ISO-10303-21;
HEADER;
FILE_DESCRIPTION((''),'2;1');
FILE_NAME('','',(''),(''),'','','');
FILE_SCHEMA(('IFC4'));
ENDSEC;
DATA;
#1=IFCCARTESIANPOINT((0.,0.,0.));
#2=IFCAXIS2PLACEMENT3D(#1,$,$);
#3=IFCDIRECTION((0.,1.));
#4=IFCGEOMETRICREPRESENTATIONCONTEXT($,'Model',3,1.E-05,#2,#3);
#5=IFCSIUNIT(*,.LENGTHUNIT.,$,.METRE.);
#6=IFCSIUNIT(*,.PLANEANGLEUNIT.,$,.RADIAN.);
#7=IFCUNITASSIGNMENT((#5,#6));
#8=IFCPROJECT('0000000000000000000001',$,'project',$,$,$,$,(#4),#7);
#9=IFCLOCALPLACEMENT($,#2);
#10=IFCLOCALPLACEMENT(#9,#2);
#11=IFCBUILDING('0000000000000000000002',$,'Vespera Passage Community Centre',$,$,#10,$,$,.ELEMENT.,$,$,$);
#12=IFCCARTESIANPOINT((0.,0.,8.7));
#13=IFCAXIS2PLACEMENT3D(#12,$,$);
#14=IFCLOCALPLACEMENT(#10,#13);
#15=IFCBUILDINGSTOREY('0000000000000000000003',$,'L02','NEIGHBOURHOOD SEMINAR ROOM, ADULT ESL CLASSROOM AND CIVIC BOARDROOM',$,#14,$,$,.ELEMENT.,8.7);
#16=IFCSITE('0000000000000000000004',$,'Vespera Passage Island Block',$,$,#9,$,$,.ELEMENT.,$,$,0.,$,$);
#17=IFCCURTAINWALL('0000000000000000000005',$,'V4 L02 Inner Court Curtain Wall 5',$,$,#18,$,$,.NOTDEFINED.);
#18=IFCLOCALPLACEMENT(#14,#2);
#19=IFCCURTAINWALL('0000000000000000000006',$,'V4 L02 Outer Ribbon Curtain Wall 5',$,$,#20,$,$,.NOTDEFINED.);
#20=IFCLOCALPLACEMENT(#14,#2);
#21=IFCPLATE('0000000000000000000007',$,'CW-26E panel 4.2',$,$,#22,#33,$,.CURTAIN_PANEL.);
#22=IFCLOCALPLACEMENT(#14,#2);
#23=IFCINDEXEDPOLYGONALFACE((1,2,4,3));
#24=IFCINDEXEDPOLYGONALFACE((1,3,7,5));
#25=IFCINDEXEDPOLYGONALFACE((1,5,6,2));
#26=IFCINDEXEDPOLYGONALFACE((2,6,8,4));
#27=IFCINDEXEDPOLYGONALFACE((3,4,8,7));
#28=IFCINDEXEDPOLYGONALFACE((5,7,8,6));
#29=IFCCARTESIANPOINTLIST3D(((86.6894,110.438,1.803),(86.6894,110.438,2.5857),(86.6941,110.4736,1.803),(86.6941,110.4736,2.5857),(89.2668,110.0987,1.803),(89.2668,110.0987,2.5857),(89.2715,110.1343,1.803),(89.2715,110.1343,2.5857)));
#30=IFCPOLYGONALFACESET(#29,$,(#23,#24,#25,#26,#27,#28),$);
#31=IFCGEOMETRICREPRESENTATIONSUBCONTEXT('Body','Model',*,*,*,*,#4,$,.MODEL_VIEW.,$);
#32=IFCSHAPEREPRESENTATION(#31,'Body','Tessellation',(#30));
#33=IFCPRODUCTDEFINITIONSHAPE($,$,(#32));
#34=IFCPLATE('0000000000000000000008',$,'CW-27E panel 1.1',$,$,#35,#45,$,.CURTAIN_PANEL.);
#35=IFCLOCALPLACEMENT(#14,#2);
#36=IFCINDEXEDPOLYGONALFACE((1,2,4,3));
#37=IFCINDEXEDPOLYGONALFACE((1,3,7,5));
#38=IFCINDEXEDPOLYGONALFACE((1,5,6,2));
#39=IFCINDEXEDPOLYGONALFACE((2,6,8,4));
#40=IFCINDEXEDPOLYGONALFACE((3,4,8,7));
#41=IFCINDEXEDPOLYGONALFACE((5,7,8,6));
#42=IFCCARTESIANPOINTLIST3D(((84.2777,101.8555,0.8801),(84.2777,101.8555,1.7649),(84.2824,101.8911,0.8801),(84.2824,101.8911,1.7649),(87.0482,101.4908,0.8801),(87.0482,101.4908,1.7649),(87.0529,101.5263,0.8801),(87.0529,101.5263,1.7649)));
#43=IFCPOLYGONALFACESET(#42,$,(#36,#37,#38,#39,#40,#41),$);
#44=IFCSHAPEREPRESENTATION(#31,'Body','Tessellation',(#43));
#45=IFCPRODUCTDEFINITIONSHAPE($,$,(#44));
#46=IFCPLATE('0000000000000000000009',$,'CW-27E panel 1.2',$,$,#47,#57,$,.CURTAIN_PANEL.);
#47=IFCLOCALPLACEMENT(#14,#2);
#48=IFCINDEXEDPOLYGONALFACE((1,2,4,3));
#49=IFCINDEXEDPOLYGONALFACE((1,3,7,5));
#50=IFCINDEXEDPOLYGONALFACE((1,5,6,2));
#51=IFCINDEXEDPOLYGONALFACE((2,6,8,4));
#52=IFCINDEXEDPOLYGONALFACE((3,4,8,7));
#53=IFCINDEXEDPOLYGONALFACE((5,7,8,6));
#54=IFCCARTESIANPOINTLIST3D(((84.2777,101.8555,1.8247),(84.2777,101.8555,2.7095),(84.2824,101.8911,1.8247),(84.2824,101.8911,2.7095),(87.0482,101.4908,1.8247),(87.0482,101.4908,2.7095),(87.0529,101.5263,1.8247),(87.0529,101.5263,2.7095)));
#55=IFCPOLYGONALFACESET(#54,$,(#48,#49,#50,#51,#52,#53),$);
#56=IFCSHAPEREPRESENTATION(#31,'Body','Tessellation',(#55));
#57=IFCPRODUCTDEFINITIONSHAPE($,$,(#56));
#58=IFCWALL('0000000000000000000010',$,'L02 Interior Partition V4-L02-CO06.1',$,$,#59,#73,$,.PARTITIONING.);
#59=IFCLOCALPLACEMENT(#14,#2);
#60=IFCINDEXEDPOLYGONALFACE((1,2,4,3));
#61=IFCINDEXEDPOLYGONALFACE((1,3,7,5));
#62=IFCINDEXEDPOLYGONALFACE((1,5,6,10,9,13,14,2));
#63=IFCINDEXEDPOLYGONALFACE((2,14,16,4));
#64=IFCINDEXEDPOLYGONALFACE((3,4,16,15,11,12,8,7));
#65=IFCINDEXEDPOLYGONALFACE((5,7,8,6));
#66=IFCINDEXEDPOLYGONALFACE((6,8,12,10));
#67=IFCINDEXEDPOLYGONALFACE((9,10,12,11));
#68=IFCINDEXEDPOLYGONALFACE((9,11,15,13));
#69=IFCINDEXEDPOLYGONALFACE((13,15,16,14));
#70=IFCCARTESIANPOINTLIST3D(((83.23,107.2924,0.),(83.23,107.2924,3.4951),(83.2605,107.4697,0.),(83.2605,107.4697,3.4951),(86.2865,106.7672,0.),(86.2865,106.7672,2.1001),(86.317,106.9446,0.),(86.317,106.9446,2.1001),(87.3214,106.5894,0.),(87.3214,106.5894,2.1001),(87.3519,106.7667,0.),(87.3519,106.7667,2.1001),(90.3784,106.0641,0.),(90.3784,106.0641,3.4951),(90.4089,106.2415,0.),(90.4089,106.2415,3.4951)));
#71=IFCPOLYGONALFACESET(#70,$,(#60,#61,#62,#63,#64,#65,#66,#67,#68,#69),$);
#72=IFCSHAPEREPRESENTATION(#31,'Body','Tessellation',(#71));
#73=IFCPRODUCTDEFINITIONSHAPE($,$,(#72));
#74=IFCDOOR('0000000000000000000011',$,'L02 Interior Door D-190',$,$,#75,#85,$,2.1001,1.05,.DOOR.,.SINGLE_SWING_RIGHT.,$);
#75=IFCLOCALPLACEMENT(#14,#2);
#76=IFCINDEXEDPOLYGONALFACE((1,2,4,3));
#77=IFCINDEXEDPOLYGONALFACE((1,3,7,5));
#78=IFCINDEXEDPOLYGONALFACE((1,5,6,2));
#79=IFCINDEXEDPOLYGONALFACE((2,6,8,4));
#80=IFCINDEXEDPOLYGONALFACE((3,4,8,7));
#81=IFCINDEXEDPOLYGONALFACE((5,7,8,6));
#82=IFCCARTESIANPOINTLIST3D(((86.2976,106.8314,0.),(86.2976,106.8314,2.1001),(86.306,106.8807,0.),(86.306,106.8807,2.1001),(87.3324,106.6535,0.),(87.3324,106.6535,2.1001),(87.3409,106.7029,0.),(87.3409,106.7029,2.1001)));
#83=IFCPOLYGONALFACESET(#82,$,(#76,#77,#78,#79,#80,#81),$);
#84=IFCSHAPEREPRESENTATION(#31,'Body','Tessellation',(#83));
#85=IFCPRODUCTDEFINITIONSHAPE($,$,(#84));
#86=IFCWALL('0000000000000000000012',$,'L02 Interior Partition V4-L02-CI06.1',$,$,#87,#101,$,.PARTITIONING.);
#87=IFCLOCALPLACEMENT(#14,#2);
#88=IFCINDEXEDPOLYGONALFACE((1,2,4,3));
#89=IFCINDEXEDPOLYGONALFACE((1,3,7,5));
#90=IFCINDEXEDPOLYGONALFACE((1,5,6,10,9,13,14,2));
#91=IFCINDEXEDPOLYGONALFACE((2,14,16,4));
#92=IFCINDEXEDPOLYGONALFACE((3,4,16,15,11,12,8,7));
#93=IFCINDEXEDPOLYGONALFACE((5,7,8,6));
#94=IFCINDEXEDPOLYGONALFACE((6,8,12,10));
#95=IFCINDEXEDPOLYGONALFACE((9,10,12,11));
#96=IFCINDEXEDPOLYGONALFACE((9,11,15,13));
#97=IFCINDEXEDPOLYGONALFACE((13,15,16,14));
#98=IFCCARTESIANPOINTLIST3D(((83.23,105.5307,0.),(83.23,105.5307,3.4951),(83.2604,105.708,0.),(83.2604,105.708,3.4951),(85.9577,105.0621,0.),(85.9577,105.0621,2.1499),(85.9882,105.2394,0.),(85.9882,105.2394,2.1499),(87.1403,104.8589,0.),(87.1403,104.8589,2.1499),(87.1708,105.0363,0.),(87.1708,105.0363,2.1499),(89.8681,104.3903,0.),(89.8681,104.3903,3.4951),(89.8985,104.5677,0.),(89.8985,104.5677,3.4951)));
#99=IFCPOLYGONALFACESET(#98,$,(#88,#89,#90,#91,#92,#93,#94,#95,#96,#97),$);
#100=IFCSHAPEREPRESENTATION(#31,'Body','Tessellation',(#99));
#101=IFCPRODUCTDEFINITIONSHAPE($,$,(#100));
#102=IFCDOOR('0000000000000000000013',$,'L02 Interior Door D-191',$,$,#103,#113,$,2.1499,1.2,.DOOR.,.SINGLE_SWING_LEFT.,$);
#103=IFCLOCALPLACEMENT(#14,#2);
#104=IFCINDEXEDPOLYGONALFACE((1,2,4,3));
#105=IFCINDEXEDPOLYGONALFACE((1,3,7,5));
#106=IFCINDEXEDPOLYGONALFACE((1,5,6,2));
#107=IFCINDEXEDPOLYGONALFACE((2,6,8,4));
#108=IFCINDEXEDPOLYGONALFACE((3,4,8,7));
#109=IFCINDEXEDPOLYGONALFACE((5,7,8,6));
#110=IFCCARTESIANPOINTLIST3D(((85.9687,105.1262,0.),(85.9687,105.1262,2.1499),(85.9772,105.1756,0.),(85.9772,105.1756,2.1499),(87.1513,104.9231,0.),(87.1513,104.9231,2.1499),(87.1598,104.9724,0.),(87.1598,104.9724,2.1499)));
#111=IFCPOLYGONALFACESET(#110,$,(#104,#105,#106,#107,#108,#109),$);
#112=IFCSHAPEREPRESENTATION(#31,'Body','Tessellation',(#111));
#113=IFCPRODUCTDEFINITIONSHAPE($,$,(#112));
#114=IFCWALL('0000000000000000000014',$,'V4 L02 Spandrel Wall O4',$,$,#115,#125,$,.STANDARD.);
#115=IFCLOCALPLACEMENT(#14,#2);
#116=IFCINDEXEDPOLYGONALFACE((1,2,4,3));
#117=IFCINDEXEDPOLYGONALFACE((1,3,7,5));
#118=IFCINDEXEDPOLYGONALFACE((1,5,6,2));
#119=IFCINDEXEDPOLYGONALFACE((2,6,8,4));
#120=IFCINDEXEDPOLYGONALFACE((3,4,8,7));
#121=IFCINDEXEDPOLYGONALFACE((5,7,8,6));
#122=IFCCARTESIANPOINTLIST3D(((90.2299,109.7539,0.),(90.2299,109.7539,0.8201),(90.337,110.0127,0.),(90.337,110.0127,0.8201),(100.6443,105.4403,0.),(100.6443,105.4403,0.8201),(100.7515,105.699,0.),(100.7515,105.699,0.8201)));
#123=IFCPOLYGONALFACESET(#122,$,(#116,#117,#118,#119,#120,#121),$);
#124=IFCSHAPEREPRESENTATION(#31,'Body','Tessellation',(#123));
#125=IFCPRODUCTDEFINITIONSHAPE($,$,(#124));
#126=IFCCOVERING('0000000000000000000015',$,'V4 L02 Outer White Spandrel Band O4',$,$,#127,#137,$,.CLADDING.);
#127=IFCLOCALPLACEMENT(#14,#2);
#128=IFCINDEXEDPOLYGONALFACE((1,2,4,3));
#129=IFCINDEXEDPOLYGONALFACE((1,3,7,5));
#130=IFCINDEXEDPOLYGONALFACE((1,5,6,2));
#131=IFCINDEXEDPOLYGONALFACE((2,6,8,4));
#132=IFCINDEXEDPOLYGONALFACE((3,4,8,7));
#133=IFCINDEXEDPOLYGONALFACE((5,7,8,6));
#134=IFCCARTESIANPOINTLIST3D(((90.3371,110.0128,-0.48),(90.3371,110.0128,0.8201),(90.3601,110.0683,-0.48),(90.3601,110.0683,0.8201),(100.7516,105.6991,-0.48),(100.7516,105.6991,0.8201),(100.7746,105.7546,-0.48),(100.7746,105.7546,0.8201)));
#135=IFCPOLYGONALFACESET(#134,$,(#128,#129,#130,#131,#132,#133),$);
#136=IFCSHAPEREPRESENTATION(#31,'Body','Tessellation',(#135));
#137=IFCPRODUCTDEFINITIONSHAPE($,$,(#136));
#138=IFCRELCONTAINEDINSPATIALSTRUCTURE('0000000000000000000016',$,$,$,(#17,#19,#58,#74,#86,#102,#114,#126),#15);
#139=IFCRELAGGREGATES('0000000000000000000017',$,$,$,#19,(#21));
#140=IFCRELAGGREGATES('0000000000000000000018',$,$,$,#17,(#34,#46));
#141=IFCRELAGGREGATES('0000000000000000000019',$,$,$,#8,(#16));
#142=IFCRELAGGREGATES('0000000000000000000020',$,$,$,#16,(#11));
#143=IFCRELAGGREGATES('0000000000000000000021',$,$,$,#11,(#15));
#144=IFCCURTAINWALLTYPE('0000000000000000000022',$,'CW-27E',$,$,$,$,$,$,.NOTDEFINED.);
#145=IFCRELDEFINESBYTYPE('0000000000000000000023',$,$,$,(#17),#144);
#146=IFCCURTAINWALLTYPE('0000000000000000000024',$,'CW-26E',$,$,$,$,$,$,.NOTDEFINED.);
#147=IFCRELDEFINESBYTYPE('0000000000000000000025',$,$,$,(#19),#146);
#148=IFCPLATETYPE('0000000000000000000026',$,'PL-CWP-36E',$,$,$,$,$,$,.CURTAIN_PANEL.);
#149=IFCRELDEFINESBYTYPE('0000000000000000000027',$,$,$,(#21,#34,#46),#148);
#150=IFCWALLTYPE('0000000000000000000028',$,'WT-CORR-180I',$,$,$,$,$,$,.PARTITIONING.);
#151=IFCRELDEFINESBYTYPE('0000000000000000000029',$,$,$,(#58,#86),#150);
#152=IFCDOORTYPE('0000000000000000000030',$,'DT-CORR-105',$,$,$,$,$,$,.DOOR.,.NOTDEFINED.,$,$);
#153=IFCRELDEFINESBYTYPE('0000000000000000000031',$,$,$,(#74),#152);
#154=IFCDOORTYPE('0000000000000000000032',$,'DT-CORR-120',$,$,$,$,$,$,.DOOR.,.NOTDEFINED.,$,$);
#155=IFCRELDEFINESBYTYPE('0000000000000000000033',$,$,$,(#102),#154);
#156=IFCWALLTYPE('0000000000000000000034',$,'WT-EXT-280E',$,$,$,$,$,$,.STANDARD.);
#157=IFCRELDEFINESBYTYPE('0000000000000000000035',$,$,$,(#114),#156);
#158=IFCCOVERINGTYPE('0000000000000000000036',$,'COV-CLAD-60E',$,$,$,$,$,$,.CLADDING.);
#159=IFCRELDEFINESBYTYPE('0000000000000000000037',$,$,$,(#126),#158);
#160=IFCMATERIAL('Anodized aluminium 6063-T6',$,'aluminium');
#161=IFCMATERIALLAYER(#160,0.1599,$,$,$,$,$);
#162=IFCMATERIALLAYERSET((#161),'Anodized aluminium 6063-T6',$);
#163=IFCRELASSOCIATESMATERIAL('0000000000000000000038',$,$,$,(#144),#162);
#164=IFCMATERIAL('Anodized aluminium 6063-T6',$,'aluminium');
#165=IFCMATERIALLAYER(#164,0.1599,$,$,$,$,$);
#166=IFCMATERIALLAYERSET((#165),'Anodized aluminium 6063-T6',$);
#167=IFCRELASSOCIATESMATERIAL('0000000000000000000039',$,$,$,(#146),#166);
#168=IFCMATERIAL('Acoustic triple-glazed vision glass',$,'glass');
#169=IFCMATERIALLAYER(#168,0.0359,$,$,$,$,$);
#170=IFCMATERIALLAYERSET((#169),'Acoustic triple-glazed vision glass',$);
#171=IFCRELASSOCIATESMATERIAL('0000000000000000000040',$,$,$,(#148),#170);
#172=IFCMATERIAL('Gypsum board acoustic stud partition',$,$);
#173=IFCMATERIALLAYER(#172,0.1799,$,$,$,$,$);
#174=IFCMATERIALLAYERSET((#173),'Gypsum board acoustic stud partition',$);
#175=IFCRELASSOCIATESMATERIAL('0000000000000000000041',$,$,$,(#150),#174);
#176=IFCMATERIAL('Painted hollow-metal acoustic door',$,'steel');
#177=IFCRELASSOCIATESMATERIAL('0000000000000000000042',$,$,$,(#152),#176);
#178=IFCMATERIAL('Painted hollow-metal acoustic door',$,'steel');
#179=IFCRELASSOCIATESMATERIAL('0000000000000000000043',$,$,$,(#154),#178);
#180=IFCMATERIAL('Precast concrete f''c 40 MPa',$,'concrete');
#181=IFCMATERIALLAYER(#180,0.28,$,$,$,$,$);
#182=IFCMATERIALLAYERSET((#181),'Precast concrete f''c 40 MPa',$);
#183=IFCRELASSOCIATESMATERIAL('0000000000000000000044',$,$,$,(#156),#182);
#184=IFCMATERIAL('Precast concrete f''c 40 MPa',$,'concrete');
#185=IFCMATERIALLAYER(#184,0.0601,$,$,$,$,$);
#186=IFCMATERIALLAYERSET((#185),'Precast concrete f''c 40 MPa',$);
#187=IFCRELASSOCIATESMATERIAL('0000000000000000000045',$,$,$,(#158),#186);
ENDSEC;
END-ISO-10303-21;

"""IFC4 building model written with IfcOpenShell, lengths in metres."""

from ifc_helpers import new_model, si_unit, direction, frame, frame_2d, origin, origin_2d, place, context, subcontext, project, spatial, rectangle, extrude, material, layer, layer_set, type_object, element, fill, aggregate, save


model = new_model("IFC4")

# Units and contexts
model_context = context("Model", 3, precision=1e-05, world=origin(), true_north=direction((0.0, 1.0)))
body_context = subcontext(model_context, "Body", "Model", "MODEL_VIEW")
ifc_project = project(units=[si_unit("LENGTHUNIT", "METRE"), si_unit("PLANEANGLEUNIT", "RADIAN")], contexts=[model_context])

# Site, building, storey
site_placement = place(None, origin())
site = spatial("IfcSite", under=ifc_project, at=site_placement, Name="Vespera Passage Island Block", CompositionType="ELEMENT", RefElevation=0.0)
building_placement = place(site_placement, origin())
building = spatial("IfcBuilding", under=site, at=building_placement, Name="Vespera Passage Community Centre", CompositionType="ELEMENT")
storey_placement = place(building_placement, frame((0.0, 0.0, 8.7)))
storey = spatial("IfcBuildingStorey", under=building, at=storey_placement, Name="L02", Description="NEIGHBOURHOOD SEMINAR ROOM, ADULT ESL CLASSROOM AND CIVIC BOARDROOM", CompositionType="ELEMENT", Elevation=8.7)

# Curtain wall
ifc_material_1 = material(Name="Anodized aluminium 6063-T6", Category="aluminium")
ifc_layer_1 = layer(ifc_material_1, 0.1599)
ifc_layer_set_1 = layer_set([ifc_layer_1], Name="Anodized aluminium 6063-T6")
curtain_wall_type_1 = type_object("IfcCurtainWallType", Name="CW-27E", PredefinedType="NOTDEFINED", material=ifc_layer_set_1)
curtain_wall_1_placement = place(storey_placement, origin())
curtain_wall_1 = element("IfcCurtainWall", 1, at=curtain_wall_1_placement, inside=storey, type_object=curtain_wall_type_1, Name="V4 L02 Inner Court Curtain Wall 5", PredefinedType="NOTDEFINED")

# Curtain wall
ifc_material_2 = material(Name="Anodized aluminium 6063-T6", Category="aluminium")
ifc_layer_2 = layer(ifc_material_2, 0.1599)
ifc_layer_set_2 = layer_set([ifc_layer_2], Name="Anodized aluminium 6063-T6")
curtain_wall_type_2 = type_object("IfcCurtainWallType", Name="CW-26E", PredefinedType="NOTDEFINED", material=ifc_layer_set_2)
curtain_wall_2_placement = place(storey_placement, origin())
curtain_wall_2 = element("IfcCurtainWall", 2, at=curtain_wall_2_placement, inside=storey, type_object=curtain_wall_type_2, Name="V4 L02 Outer Ribbon Curtain Wall 5", PredefinedType="NOTDEFINED")

# Plates
ifc_material_3 = material(Name="Acoustic triple-glazed vision glass", Category="glass")
ifc_layer_3 = layer(ifc_material_3, 0.0359)
ifc_layer_set_3 = layer_set([ifc_layer_3], Name="Acoustic triple-glazed vision glass")
plate_type_1 = type_object("IfcPlateType", Name="PL-CWP-36E", PredefinedType="CURTAIN_PANEL", material=ifc_layer_set_3)
plate_1_placement = place(storey_placement, frame((87.9805, 110.2861, 1.803), z_axis=(0.0, 0.0, 1.0), x_axis=(0.991444, -0.130531, 0.0)))
plate_1 = element("IfcPlate", 3, at=plate_1_placement, type_object=plate_type_1, Name="CW-26E panel 4.2", PredefinedType="CURTAIN_PANEL", context=body_context, shape_type="SweptSolid", body=[
    extrude(rectangle(XDim=2.5996, YDim=0.0359, at=origin_2d()), origin(), (0.0, 0.0, 1.0), 0.7827),
])
aggregate(curtain_wall_2, [plate_1])
plate_2_placement = place(storey_placement, frame((85.6653, 101.6909, 0.8801), z_axis=(0.0, 0.0, 1.0), x_axis=(-0.991445, 0.130522, 0.0)))
plate_2 = element("IfcPlate", 4, at=plate_2_placement, type_object=plate_type_1, Name="CW-27E panel 1.1", PredefinedType="CURTAIN_PANEL", context=body_context, shape_type="SweptSolid", body=[
    extrude(rectangle(XDim=2.7944, YDim=0.0359, at=origin_2d()), origin(), (0.0, 0.0, 1.0), 0.8848),
])
plate_3_placement = place(storey_placement, frame((85.6653, 101.6909, 1.8247), z_axis=(0.0, 0.0, 1.0), x_axis=(-0.991445, 0.130522, 0.0)))
plate_3 = element("IfcPlate", 5, at=plate_3_placement, type_object=plate_type_1, Name="CW-27E panel 1.2", PredefinedType="CURTAIN_PANEL", context=body_context, shape_type="SweptSolid", body=[
    extrude(rectangle(XDim=2.7944, YDim=0.0359, at=origin_2d()), origin(), (0.0, 0.0, 1.0), 0.8848),
])
aggregate(curtain_wall_1, [plate_2, plate_3])

# Walls, openings, doors
ifc_material_4 = material(Name="Gypsum board acoustic stud partition")
ifc_layer_4 = layer(ifc_material_4, 0.1799)
ifc_layer_set_4 = layer_set([ifc_layer_4], Name="Gypsum board acoustic stud partition")
wall_type_1 = type_object("IfcWallType", Name="WT-CORR-180I", PredefinedType="PARTITIONING", material=ifc_layer_set_4)
wall_1_placement = place(storey_placement, frame((90.3936, 106.1528, 0.0), z_axis=(0.0, 0.0, 1.0), x_axis=(-0.985557, 0.169342, 0.0)))
wall_1 = element("IfcWall", 6, at=wall_1_placement, inside=storey, type_object=wall_type_1, Name="L02 Interior Partition V4-L02-CO06.1", PredefinedType="PARTITIONING", context=body_context, shape_type="SweptSolid", body=[
    extrude(rectangle(XDim=7.2532, YDim=0.1799, at=frame_2d((3.6265, 0.0))), origin(), (0.0, 0.0, 1.0), 3.4951),
])
opening_1_placement = place(wall_1_placement, frame((3.1018, 0.0, 0.0)))
opening_1 = element("IfcOpeningElement", 7, at=opening_1_placement, cuts=wall_1, PredefinedType="OPENING", context=body_context, shape_type="SweptSolid", body=[
    extrude(rectangle(XDim=1.05, YDim=2.1001, at=frame_2d((0.5249, 1.05))), frame((0.0, 0.0999, 0.0), z_axis=(0.0, -1.0, 0.0), x_axis=(1.0, 0.0, 0.0)), (0.0, 0.0, 1.0), 0.2),
])
ifc_material_5 = material(Name="Painted hollow-metal acoustic door", Category="steel")
door_type_1 = type_object("IfcDoorType", Name="DT-CORR-105", OperationType="NOTDEFINED", PredefinedType="DOOR", material=ifc_material_5)
door_1_placement = place(opening_1_placement, origin())
door_1 = element("IfcDoor", 8, at=door_1_placement, inside=storey, type_object=door_type_1, Name="L02 Interior Door D-190", OperationType="SINGLE_SWING_RIGHT", OverallHeight=2.1001, OverallWidth=1.05, PredefinedType="DOOR", context=body_context, shape_type="SweptSolid", body=[
    extrude(rectangle(XDim=1.05, YDim=2.1001, at=frame_2d((0.5249, 1.05))), frame((0.0, 0.0249, 0.0), z_axis=(0.0, -1.0, 0.0), x_axis=(1.0, 0.0, 0.0)), (0.0, 0.0, 1.0), 0.05),
])
fill(opening_1, door_1)
wall_2_placement = place(storey_placement, frame((89.8833, 104.479, 0.0), z_axis=(0.0, 0.0, 1.0), x_axis=(-0.985563, 0.169311, 0.0)))
wall_2 = element("IfcWall", 9, at=wall_2_placement, inside=storey, type_object=wall_type_1, Name="L02 Interior Partition V4-L02-CI06.1", PredefinedType="PARTITIONING", context=body_context, shape_type="SweptSolid", body=[
    extrude(rectangle(XDim=6.7354, YDim=0.1799, at=frame_2d((3.3677, 0.0))), origin(), (0.0, 0.0, 1.0), 3.4951),
])
opening_2_placement = place(wall_2_placement, frame((2.7676, 0.0, 0.0)))
opening_2 = element("IfcOpeningElement", 10, at=opening_2_placement, cuts=wall_2, PredefinedType="OPENING", context=body_context, shape_type="SweptSolid", body=[
    extrude(rectangle(XDim=1.2, YDim=2.1499, at=frame_2d((0.6001, 1.075))), frame((0.0, 0.0999, 0.0), z_axis=(0.0, -1.0, 0.0), x_axis=(1.0, 0.0, 0.0)), (0.0, 0.0, 1.0), 0.2),
])
ifc_material_6 = material(Name="Painted hollow-metal acoustic door", Category="steel")
door_type_2 = type_object("IfcDoorType", Name="DT-CORR-120", OperationType="NOTDEFINED", PredefinedType="DOOR", material=ifc_material_6)
door_2_placement = place(opening_2_placement, origin())
door_2 = element("IfcDoor", 11, at=door_2_placement, inside=storey, type_object=door_type_2, Name="L02 Interior Door D-191", OperationType="SINGLE_SWING_LEFT", OverallHeight=2.1499, OverallWidth=1.2, PredefinedType="DOOR", context=body_context, shape_type="SweptSolid", body=[
    extrude(rectangle(XDim=1.2, YDim=2.1499, at=frame_2d((0.6001, 1.075))), frame((0.0, 0.0249, 0.0), z_axis=(0.0, -1.0, 0.0), x_axis=(1.0, 0.0, 0.0)), (0.0, 0.0, 1.0), 0.05),
])
fill(opening_2, door_2)

# Wall
ifc_material_7 = material(Name="Precast concrete f'c 40 MPa", Category="concrete")
ifc_layer_5 = layer(ifc_material_7, 0.28)
ifc_layer_set_5 = layer_set([ifc_layer_5], Name="Precast concrete f'c 40 MPa")
wall_type_2 = type_object("IfcWallType", Name="WT-EXT-280E", PredefinedType="STANDARD", material=ifc_layer_set_5)
wall_3_placement = place(storey_placement, frame((90.2834, 109.8833, 0.0), z_axis=(0.0, 0.0, 1.0), x_axis=(0.923884, -0.382674, 0.0)))
element("IfcWall", 12, at=wall_3_placement, inside=storey, type_object=wall_type_2, Name="V4 L02 Spandrel Wall O4", PredefinedType="STANDARD", context=body_context, shape_type="SweptSolid", body=[
    extrude(rectangle(XDim=11.2725, YDim=0.28, at=frame_2d((5.6362, 0.0))), origin(), (0.0, 0.0, 1.0), 0.8201),
])

# Covering
ifc_material_8 = material(Name="Precast concrete f'c 40 MPa", Category="concrete")
ifc_layer_6 = layer(ifc_material_8, 0.0601)
ifc_layer_set_6 = layer_set([ifc_layer_6], Name="Precast concrete f'c 40 MPa")
covering_type = type_object("IfcCoveringType", Name="COV-CLAD-60E", PredefinedType="CLADDING", material=ifc_layer_set_6)
covering_placement = place(storey_placement, frame((90.3486, 110.0405, -0.48), z_axis=(0.0, 0.0, 1.0), x_axis=(0.923884, -0.382674, 0.0)))
element("IfcCovering", 13, at=covering_placement, inside=storey, type_object=covering_type, Name="V4 L02 Outer White Spandrel Band O4", PredefinedType="CLADDING", context=body_context, shape_type="SweptSolid", body=[
    extrude(rectangle(XDim=11.2725, YDim=0.0601, at=frame_2d((5.6362, 0.0))), origin(), (0.0, 0.0, 1.0), 1.3),
])

save(model, "model.ifc")
